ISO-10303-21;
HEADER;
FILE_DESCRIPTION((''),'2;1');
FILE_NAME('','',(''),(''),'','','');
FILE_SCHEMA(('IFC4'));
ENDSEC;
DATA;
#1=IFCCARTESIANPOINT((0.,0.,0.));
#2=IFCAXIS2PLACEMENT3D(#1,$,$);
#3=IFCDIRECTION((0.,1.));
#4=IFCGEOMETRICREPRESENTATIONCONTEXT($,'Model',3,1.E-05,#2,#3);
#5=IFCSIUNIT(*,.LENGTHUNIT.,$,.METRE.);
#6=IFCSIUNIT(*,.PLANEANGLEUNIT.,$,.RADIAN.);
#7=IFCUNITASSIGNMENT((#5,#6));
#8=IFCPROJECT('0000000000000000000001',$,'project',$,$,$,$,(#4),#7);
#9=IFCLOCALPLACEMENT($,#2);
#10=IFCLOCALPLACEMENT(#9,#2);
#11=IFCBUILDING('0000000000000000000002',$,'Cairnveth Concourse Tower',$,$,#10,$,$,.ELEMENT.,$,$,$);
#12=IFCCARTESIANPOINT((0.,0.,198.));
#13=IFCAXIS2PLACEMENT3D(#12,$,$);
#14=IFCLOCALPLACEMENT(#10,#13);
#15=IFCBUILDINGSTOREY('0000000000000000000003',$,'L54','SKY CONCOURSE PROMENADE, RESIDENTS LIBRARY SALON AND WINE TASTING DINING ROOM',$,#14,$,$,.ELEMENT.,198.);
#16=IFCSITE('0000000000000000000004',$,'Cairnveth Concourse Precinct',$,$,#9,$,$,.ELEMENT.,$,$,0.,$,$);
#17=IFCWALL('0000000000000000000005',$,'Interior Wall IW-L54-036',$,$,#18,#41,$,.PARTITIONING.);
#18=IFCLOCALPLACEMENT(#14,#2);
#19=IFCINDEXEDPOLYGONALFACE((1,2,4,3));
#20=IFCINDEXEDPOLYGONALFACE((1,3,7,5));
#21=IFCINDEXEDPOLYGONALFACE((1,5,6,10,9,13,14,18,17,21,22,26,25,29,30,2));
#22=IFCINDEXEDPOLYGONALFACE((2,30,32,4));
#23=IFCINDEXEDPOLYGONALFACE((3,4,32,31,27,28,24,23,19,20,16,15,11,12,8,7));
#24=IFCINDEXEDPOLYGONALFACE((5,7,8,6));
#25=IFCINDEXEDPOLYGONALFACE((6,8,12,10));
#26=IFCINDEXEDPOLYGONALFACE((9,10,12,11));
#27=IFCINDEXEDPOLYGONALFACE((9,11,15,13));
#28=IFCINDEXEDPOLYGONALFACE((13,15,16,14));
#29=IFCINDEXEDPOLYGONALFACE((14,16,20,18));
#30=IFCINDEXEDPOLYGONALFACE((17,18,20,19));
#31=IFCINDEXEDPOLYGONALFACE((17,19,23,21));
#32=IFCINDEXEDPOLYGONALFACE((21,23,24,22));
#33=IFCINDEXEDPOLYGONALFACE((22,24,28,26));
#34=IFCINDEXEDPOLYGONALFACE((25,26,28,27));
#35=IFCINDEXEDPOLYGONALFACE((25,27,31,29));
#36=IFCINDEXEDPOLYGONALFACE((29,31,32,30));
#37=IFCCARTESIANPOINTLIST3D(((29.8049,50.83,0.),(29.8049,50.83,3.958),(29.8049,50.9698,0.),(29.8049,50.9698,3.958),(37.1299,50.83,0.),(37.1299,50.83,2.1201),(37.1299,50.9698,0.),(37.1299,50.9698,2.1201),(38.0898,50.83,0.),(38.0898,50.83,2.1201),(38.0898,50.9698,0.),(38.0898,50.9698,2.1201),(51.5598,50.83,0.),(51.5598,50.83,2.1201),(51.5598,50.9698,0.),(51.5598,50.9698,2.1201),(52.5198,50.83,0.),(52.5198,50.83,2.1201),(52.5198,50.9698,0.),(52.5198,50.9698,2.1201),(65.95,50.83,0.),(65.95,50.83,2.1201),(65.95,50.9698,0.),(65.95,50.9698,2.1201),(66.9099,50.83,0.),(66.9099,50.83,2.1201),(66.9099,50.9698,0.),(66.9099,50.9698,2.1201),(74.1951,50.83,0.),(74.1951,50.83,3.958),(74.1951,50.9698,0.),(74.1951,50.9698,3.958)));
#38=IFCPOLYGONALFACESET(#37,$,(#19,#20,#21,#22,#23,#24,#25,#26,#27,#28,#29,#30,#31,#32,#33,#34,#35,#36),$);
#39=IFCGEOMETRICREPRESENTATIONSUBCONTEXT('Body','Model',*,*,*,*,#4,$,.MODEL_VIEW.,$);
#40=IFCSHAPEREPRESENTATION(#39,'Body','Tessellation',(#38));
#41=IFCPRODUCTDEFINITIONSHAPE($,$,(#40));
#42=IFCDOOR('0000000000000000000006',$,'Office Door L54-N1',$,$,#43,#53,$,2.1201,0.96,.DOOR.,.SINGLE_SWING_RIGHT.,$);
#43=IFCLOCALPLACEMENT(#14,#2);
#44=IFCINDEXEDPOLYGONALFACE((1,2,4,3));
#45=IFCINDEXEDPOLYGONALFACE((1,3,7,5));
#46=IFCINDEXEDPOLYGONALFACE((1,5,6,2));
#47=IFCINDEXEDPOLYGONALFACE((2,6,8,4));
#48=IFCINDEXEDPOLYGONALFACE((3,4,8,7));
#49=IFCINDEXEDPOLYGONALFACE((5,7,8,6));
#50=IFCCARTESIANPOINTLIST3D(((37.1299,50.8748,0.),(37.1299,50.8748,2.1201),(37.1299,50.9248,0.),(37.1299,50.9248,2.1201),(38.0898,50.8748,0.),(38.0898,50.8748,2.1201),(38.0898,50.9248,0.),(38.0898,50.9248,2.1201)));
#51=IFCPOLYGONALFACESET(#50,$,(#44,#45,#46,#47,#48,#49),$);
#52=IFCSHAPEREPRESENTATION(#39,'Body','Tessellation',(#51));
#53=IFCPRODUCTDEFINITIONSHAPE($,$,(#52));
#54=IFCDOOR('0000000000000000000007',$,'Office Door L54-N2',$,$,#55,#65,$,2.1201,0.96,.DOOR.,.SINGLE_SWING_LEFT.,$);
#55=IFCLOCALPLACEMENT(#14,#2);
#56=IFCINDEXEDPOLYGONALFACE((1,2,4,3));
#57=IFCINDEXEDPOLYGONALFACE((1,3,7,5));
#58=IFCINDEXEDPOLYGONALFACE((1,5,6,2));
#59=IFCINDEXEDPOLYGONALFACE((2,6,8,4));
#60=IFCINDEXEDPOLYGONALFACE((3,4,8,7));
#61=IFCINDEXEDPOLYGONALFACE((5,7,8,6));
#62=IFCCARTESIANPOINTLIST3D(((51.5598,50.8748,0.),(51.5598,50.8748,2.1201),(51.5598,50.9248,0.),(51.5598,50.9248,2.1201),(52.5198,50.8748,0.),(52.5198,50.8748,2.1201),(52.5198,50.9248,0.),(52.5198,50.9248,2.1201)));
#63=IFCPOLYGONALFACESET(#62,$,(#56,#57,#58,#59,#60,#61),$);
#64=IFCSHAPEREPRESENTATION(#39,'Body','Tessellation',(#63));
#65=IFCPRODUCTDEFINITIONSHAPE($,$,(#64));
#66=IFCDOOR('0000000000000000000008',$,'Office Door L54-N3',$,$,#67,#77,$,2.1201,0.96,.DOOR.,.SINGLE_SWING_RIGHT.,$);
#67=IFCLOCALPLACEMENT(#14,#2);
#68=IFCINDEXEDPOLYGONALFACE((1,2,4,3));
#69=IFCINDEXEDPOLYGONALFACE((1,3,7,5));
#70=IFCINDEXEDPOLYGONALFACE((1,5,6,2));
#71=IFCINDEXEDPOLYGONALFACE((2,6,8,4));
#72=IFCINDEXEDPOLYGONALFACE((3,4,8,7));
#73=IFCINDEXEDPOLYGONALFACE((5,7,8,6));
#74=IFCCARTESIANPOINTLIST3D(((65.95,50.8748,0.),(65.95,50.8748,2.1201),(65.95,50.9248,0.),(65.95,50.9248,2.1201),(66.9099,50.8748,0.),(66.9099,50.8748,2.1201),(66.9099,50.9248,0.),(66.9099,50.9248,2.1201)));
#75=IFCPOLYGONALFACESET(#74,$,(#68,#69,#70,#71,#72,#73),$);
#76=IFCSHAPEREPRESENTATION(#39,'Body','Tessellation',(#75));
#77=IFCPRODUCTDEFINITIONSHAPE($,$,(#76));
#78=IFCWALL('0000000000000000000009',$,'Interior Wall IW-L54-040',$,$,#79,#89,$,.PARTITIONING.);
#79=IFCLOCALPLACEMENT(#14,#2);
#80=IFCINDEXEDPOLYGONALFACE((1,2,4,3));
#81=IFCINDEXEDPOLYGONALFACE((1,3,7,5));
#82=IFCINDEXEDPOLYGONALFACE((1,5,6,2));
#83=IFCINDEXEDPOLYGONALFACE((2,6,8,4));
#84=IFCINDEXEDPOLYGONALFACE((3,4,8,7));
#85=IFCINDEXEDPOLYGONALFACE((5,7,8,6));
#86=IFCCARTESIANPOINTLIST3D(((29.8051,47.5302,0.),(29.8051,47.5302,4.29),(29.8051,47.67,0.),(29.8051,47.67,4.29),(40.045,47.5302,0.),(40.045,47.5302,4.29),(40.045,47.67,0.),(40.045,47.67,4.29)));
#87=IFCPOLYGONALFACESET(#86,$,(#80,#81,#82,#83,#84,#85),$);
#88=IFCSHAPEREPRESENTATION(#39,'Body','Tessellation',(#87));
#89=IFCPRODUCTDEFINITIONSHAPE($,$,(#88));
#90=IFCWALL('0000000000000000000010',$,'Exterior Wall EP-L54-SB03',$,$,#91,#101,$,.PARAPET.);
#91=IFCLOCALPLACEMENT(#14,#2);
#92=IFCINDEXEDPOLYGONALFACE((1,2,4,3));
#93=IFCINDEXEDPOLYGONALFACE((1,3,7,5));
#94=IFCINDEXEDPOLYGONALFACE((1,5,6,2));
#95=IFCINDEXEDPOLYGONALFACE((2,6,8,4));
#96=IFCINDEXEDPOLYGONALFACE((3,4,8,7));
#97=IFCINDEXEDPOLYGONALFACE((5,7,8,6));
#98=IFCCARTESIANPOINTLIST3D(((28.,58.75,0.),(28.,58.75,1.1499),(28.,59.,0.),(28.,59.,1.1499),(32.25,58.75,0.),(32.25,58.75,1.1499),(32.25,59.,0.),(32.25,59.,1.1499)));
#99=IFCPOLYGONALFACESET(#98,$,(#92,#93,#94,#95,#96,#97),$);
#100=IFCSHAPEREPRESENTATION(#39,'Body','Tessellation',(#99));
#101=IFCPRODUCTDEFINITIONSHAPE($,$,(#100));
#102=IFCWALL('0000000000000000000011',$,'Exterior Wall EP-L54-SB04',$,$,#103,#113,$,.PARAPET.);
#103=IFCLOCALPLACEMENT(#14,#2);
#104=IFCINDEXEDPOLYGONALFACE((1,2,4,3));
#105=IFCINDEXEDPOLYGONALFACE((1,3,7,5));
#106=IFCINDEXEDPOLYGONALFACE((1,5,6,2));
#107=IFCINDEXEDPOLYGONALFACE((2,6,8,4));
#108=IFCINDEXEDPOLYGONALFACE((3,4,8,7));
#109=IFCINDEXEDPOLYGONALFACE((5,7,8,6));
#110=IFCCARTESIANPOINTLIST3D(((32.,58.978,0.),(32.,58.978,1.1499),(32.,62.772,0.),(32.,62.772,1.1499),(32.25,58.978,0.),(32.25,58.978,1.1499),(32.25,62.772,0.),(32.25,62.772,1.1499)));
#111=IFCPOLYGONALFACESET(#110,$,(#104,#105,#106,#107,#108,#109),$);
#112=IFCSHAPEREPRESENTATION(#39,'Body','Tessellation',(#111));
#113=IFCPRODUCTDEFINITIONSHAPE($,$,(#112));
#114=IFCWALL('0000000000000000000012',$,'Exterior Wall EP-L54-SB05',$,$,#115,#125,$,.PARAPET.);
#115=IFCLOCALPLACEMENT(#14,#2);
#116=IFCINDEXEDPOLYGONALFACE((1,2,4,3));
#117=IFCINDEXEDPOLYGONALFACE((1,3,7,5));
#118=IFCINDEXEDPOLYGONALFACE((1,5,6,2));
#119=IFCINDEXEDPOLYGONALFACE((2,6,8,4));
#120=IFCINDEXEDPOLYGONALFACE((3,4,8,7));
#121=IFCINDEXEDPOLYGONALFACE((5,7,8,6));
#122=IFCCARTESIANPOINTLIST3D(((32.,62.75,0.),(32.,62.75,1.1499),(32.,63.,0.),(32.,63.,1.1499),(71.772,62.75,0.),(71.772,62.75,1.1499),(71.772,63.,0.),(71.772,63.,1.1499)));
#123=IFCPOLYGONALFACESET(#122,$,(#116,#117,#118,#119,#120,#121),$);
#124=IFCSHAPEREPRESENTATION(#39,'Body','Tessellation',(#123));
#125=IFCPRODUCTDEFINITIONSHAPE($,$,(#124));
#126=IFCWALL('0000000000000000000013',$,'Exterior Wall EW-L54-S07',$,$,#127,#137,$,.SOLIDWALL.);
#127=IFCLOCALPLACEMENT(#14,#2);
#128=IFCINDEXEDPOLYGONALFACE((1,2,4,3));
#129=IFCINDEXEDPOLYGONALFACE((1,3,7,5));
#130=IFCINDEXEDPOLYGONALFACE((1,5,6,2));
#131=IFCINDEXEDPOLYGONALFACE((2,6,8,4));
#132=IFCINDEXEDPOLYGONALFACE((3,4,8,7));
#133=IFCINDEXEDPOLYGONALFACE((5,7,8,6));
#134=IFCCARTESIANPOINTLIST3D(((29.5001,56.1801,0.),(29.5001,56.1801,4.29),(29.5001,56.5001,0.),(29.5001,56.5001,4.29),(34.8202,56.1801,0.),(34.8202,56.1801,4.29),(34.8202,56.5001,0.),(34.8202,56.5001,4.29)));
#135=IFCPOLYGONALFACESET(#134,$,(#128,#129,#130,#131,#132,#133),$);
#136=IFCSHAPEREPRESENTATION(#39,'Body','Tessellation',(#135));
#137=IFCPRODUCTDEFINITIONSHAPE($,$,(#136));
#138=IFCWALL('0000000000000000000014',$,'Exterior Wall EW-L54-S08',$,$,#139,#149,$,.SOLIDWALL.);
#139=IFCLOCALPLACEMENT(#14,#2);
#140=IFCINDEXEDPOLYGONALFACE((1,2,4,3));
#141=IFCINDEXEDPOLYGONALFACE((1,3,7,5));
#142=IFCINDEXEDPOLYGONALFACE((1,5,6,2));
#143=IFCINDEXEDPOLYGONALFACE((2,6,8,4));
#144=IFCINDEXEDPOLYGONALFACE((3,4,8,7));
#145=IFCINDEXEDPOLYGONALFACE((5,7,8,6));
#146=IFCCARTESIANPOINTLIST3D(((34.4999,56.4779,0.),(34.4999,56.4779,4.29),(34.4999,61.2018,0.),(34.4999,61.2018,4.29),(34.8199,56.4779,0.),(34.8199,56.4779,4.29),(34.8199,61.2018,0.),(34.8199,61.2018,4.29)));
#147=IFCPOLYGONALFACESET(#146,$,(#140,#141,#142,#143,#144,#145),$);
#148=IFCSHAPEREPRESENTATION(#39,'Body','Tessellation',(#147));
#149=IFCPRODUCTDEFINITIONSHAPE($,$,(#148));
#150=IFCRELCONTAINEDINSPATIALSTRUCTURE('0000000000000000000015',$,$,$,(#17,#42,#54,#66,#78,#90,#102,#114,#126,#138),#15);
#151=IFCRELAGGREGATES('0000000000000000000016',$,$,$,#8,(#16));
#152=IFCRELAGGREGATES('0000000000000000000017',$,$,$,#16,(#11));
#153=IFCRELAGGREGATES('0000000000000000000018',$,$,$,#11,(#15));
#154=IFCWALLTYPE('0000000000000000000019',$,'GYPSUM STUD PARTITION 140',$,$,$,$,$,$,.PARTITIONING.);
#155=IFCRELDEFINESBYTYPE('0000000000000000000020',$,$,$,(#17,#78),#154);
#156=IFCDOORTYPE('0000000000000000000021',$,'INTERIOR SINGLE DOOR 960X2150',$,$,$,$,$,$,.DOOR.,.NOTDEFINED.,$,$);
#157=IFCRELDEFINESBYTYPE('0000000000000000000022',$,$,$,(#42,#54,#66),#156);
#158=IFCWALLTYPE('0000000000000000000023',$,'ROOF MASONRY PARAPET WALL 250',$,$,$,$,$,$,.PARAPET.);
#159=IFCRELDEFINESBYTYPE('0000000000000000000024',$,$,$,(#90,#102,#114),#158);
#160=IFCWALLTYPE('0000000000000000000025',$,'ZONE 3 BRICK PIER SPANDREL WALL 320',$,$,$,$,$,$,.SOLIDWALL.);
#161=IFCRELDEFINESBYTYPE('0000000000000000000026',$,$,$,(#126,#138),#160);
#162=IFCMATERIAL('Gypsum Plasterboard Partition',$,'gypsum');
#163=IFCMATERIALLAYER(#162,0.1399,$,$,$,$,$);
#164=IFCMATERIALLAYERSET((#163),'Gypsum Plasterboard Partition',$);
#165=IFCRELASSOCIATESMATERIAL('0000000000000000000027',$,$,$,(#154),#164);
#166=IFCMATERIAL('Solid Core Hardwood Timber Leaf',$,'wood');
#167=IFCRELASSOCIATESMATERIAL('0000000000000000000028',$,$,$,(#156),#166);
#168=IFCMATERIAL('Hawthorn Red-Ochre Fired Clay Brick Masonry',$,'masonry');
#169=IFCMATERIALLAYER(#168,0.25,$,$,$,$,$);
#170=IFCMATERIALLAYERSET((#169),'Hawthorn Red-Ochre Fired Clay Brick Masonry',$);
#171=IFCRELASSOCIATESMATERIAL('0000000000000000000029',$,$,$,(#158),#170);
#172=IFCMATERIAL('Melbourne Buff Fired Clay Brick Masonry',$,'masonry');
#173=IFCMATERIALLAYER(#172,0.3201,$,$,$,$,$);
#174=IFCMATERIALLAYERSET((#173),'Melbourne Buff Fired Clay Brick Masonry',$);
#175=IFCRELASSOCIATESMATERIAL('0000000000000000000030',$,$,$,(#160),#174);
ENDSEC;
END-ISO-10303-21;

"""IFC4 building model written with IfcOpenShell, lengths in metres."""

from ifc_helpers import new_model, si_unit, direction, frame, frame_2d, origin, place, context, subcontext, project, spatial, rectangle, extrude, material, layer, layer_set, type_object, element, fill, save


model = new_model("IFC4")

# Units and contexts
model_context = context("Model", 3, precision=1e-05, world=origin(), true_north=direction((0.0, 1.0)))
body_context = subcontext(model_context, "Body", "Model", "MODEL_VIEW")
ifc_project = project(units=[si_unit("LENGTHUNIT", "METRE"), si_unit("PLANEANGLEUNIT", "RADIAN")], contexts=[model_context])

# Site, building, storey
site_placement = place(None, origin())
site = spatial("IfcSite", under=ifc_project, at=site_placement, Name="Cairnveth Concourse Precinct", CompositionType="ELEMENT", RefElevation=0.0)
building_placement = place(site_placement, origin())
building = spatial("IfcBuilding", under=site, at=building_placement, Name="Cairnveth Concourse Tower", CompositionType="ELEMENT")
storey_placement = place(building_placement, frame((0.0, 0.0, 198.0)))
storey = spatial("IfcBuildingStorey", under=building, at=storey_placement, Name="L54", Description="SKY CONCOURSE PROMENADE, RESIDENTS LIBRARY SALON AND WINE TASTING DINING ROOM", CompositionType="ELEMENT", Elevation=198.0)

# Wall, openings, doors
ifc_material_1 = material(Name="Gypsum Plasterboard Partition", Category="gypsum")
ifc_layer_1 = layer(ifc_material_1, 0.1399)
ifc_layer_set_1 = layer_set([ifc_layer_1], Name="Gypsum Plasterboard Partition")
wall_type_1 = type_object("IfcWallType", Name="GYPSUM STUD PARTITION 140", PredefinedType="PARTITIONING", material=ifc_layer_set_1)
wall_1_placement = place(storey_placement, frame((29.8049, 50.8999, 0.0), z_axis=(0.0, 0.0, 1.0), x_axis=(1.0, 0.0, 0.0)))
wall_1 = element("IfcWall", 1, at=wall_1_placement, inside=storey, type_object=wall_type_1, Name="Interior Wall IW-L54-036", PredefinedType="PARTITIONING", context=body_context, shape_type="SweptSolid", body=[
    extrude(rectangle(XDim=44.3901, YDim=0.1399, at=frame_2d((22.1951, 0.0))), origin(), (0.0, 0.0, 1.0), 3.958),
])
opening_1_placement = place(wall_1_placement, frame((7.325, 0.0, 0.0)))
opening_1 = element("IfcOpeningElement", 2, at=opening_1_placement, cuts=wall_1, PredefinedType="OPENING", context=body_context, shape_type="SweptSolid", body=[
    extrude(rectangle(XDim=0.96, YDim=2.1201, at=frame_2d((0.48, 1.0601))), frame((0.0, 0.0798, 0.0), z_axis=(0.0, -1.0, 0.0), x_axis=(1.0, 0.0, 0.0)), (0.0, 0.0, 1.0), 0.1599),
])
opening_2_placement = place(wall_1_placement, frame((21.7549, 0.0, 0.0)))
opening_2 = element("IfcOpeningElement", 3, at=opening_2_placement, cuts=wall_1, PredefinedType="OPENING", context=body_context, shape_type="SweptSolid", body=[
    extrude(rectangle(XDim=0.96, YDim=2.1201, at=frame_2d((0.48, 1.0601))), frame((0.0, 0.0798, 0.0), z_axis=(0.0, -1.0, 0.0), x_axis=(1.0, 0.0, 0.0)), (0.0, 0.0, 1.0), 0.1599),
])
opening_3_placement = place(wall_1_placement, frame((36.145, 0.0, 0.0)))
opening_3 = element("IfcOpeningElement", 4, at=opening_3_placement, cuts=wall_1, PredefinedType="OPENING", context=body_context, shape_type="SweptSolid", body=[
    extrude(rectangle(XDim=0.96, YDim=2.1201, at=frame_2d((0.48, 1.0601))), frame((0.0, 0.0798, 0.0), z_axis=(0.0, -1.0, 0.0), x_axis=(1.0, 0.0, 0.0)), (0.0, 0.0, 1.0), 0.1599),
])
ifc_material_2 = material(Name="Solid Core Hardwood Timber Leaf", Category="wood")
door_type = type_object("IfcDoorType", Name="INTERIOR SINGLE DOOR 960X2150", OperationType="NOTDEFINED", PredefinedType="DOOR", material=ifc_material_2)
door_1_placement = place(opening_1_placement, origin())
door_1 = element("IfcDoor", 5, at=door_1_placement, inside=storey, type_object=door_type, Name="Office Door L54-N1", OperationType="SINGLE_SWING_RIGHT", OverallHeight=2.1201, OverallWidth=0.96, PredefinedType="DOOR", context=body_context, shape_type="SweptSolid", body=[
    extrude(rectangle(XDim=0.96, YDim=2.1201, at=frame_2d((0.48, 1.0601))), frame((0.0, 0.0249, 0.0), z_axis=(0.0, -1.0, 0.0), x_axis=(1.0, 0.0, 0.0)), (0.0, 0.0, 1.0), 0.05),
])
fill(opening_1, door_1)
door_2_placement = place(opening_2_placement, origin())
door_2 = element("IfcDoor", 6, at=door_2_placement, inside=storey, type_object=door_type, Name="Office Door L54-N2", OperationType="SINGLE_SWING_LEFT", OverallHeight=2.1201, OverallWidth=0.96, PredefinedType="DOOR", context=body_context, shape_type="SweptSolid", body=[
    extrude(rectangle(XDim=0.96, YDim=2.1201, at=frame_2d((0.48, 1.0601))), frame((0.0, 0.0249, 0.0), z_axis=(0.0, -1.0, 0.0), x_axis=(1.0, 0.0, 0.0)), (0.0, 0.0, 1.0), 0.05),
])
fill(opening_2, door_2)
door_3_placement = place(opening_3_placement, origin())
door_3 = element("IfcDoor", 7, at=door_3_placement, inside=storey, type_object=door_type, Name="Office Door L54-N3", OperationType="SINGLE_SWING_RIGHT", OverallHeight=2.1201, OverallWidth=0.96, PredefinedType="DOOR", context=body_context, shape_type="SweptSolid", body=[
    extrude(rectangle(XDim=0.96, YDim=2.1201, at=frame_2d((0.48, 1.0601))), frame((0.0, 0.0249, 0.0), z_axis=(0.0, -1.0, 0.0), x_axis=(1.0, 0.0, 0.0)), (0.0, 0.0, 1.0), 0.05),
])
fill(opening_3, door_3)

# Walls
wall_2_placement = place(storey_placement, frame((29.8049, 47.6001, 0.0), z_axis=(0.0, 0.0, 1.0), x_axis=(1.0, 0.0, 0.0)))
element("IfcWall", 8, at=wall_2_placement, inside=storey, type_object=wall_type_1, Name="Interior Wall IW-L54-040", PredefinedType="PARTITIONING", context=body_context, shape_type="SweptSolid", body=[
    extrude(rectangle(XDim=10.24, YDim=0.1399, at=frame_2d((5.1201, 0.0))), origin(), (0.0, 0.0, 1.0), 4.29),
])
ifc_material_3 = material(Name="Hawthorn Red-Ochre Fired Clay Brick Masonry", Category="masonry")
ifc_layer_2 = layer(ifc_material_3, 0.25)
ifc_layer_set_2 = layer_set([ifc_layer_2], Name="Hawthorn Red-Ochre Fired Clay Brick Masonry")
wall_type_2 = type_object("IfcWallType", Name="ROOF MASONRY PARAPET WALL 250", PredefinedType="PARAPET", material=ifc_layer_set_2)
wall_3_placement = place(storey_placement, frame((28.0, 58.875, 0.0), z_axis=(0.0, 0.0, 1.0), x_axis=(1.0, 0.0, 0.0)))
element("IfcWall", 9, at=wall_3_placement, inside=storey, type_object=wall_type_2, Name="Exterior Wall EP-L54-SB03", PredefinedType="PARAPET", context=body_context, shape_type="SweptSolid", body=[
    extrude(rectangle(XDim=4.25, YDim=0.25, at=frame_2d((2.125, 0.0))), origin(), (0.0, 0.0, 1.0), 1.1499),
])
wall_4_placement = place(storey_placement, frame((32.125, 58.978, 0.0), z_axis=(0.0, 0.0, 1.0), x_axis=(0.0, 1.0, 0.0)))
element("IfcWall", 10, at=wall_4_placement, inside=storey, type_object=wall_type_2, Name="Exterior Wall EP-L54-SB04", PredefinedType="PARAPET", context=body_context, shape_type="SweptSolid", body=[
    extrude(rectangle(XDim=3.7939, YDim=0.25, at=frame_2d((1.897, 0.0))), origin(), (0.0, 0.0, 1.0), 1.1499),
])
wall_5_placement = place(storey_placement, frame((32.0, 62.875, 0.0), z_axis=(0.0, 0.0, 1.0), x_axis=(1.0, 0.0, 0.0)))
element("IfcWall", 11, at=wall_5_placement, inside=storey, type_object=wall_type_2, Name="Exterior Wall EP-L54-SB05", PredefinedType="PARAPET", context=body_context, shape_type="SweptSolid", body=[
    extrude(rectangle(XDim=39.772, YDim=0.25, at=frame_2d((19.886, 0.0))), origin(), (0.0, 0.0, 1.0), 1.1499),
])
ifc_material_4 = material(Name="Melbourne Buff Fired Clay Brick Masonry", Category="masonry")
ifc_layer_3 = layer(ifc_material_4, 0.3201)
ifc_layer_set_3 = layer_set([ifc_layer_3], Name="Melbourne Buff Fired Clay Brick Masonry")
wall_type_3 = type_object("IfcWallType", Name="ZONE 3 BRICK PIER SPANDREL WALL 320", PredefinedType="SOLIDWALL", material=ifc_layer_set_3)
wall_6_placement = place(storey_placement, frame((29.5, 56.3401, 0.0), z_axis=(0.0, 0.0, 1.0), x_axis=(1.0, 0.0, 0.0)))
element("IfcWall", 12, at=wall_6_placement, inside=storey, type_object=wall_type_3, Name="Exterior Wall EW-L54-S07", PredefinedType="SOLIDWALL", context=body_context, shape_type="SweptSolid", body=[
    extrude(rectangle(XDim=5.3201, YDim=0.3201, at=frame_2d((2.6602, 0.0))), origin(), (0.0, 0.0, 1.0), 4.29),
])
wall_7_placement = place(storey_placement, frame((34.6599, 56.478, 0.0), z_axis=(0.0, 0.0, 1.0), x_axis=(0.0, 1.0, 0.0)))
element("IfcWall", 13, at=wall_7_placement, inside=storey, type_object=wall_type_3, Name="Exterior Wall EW-L54-S08", PredefinedType="SOLIDWALL", context=body_context, shape_type="SweptSolid", body=[
    extrude(rectangle(XDim=4.7239, YDim=0.3201, at=frame_2d((2.3618, 0.0))), origin(), (0.0, 0.0, 1.0), 4.29),
])

save(model, "model.ifc")
